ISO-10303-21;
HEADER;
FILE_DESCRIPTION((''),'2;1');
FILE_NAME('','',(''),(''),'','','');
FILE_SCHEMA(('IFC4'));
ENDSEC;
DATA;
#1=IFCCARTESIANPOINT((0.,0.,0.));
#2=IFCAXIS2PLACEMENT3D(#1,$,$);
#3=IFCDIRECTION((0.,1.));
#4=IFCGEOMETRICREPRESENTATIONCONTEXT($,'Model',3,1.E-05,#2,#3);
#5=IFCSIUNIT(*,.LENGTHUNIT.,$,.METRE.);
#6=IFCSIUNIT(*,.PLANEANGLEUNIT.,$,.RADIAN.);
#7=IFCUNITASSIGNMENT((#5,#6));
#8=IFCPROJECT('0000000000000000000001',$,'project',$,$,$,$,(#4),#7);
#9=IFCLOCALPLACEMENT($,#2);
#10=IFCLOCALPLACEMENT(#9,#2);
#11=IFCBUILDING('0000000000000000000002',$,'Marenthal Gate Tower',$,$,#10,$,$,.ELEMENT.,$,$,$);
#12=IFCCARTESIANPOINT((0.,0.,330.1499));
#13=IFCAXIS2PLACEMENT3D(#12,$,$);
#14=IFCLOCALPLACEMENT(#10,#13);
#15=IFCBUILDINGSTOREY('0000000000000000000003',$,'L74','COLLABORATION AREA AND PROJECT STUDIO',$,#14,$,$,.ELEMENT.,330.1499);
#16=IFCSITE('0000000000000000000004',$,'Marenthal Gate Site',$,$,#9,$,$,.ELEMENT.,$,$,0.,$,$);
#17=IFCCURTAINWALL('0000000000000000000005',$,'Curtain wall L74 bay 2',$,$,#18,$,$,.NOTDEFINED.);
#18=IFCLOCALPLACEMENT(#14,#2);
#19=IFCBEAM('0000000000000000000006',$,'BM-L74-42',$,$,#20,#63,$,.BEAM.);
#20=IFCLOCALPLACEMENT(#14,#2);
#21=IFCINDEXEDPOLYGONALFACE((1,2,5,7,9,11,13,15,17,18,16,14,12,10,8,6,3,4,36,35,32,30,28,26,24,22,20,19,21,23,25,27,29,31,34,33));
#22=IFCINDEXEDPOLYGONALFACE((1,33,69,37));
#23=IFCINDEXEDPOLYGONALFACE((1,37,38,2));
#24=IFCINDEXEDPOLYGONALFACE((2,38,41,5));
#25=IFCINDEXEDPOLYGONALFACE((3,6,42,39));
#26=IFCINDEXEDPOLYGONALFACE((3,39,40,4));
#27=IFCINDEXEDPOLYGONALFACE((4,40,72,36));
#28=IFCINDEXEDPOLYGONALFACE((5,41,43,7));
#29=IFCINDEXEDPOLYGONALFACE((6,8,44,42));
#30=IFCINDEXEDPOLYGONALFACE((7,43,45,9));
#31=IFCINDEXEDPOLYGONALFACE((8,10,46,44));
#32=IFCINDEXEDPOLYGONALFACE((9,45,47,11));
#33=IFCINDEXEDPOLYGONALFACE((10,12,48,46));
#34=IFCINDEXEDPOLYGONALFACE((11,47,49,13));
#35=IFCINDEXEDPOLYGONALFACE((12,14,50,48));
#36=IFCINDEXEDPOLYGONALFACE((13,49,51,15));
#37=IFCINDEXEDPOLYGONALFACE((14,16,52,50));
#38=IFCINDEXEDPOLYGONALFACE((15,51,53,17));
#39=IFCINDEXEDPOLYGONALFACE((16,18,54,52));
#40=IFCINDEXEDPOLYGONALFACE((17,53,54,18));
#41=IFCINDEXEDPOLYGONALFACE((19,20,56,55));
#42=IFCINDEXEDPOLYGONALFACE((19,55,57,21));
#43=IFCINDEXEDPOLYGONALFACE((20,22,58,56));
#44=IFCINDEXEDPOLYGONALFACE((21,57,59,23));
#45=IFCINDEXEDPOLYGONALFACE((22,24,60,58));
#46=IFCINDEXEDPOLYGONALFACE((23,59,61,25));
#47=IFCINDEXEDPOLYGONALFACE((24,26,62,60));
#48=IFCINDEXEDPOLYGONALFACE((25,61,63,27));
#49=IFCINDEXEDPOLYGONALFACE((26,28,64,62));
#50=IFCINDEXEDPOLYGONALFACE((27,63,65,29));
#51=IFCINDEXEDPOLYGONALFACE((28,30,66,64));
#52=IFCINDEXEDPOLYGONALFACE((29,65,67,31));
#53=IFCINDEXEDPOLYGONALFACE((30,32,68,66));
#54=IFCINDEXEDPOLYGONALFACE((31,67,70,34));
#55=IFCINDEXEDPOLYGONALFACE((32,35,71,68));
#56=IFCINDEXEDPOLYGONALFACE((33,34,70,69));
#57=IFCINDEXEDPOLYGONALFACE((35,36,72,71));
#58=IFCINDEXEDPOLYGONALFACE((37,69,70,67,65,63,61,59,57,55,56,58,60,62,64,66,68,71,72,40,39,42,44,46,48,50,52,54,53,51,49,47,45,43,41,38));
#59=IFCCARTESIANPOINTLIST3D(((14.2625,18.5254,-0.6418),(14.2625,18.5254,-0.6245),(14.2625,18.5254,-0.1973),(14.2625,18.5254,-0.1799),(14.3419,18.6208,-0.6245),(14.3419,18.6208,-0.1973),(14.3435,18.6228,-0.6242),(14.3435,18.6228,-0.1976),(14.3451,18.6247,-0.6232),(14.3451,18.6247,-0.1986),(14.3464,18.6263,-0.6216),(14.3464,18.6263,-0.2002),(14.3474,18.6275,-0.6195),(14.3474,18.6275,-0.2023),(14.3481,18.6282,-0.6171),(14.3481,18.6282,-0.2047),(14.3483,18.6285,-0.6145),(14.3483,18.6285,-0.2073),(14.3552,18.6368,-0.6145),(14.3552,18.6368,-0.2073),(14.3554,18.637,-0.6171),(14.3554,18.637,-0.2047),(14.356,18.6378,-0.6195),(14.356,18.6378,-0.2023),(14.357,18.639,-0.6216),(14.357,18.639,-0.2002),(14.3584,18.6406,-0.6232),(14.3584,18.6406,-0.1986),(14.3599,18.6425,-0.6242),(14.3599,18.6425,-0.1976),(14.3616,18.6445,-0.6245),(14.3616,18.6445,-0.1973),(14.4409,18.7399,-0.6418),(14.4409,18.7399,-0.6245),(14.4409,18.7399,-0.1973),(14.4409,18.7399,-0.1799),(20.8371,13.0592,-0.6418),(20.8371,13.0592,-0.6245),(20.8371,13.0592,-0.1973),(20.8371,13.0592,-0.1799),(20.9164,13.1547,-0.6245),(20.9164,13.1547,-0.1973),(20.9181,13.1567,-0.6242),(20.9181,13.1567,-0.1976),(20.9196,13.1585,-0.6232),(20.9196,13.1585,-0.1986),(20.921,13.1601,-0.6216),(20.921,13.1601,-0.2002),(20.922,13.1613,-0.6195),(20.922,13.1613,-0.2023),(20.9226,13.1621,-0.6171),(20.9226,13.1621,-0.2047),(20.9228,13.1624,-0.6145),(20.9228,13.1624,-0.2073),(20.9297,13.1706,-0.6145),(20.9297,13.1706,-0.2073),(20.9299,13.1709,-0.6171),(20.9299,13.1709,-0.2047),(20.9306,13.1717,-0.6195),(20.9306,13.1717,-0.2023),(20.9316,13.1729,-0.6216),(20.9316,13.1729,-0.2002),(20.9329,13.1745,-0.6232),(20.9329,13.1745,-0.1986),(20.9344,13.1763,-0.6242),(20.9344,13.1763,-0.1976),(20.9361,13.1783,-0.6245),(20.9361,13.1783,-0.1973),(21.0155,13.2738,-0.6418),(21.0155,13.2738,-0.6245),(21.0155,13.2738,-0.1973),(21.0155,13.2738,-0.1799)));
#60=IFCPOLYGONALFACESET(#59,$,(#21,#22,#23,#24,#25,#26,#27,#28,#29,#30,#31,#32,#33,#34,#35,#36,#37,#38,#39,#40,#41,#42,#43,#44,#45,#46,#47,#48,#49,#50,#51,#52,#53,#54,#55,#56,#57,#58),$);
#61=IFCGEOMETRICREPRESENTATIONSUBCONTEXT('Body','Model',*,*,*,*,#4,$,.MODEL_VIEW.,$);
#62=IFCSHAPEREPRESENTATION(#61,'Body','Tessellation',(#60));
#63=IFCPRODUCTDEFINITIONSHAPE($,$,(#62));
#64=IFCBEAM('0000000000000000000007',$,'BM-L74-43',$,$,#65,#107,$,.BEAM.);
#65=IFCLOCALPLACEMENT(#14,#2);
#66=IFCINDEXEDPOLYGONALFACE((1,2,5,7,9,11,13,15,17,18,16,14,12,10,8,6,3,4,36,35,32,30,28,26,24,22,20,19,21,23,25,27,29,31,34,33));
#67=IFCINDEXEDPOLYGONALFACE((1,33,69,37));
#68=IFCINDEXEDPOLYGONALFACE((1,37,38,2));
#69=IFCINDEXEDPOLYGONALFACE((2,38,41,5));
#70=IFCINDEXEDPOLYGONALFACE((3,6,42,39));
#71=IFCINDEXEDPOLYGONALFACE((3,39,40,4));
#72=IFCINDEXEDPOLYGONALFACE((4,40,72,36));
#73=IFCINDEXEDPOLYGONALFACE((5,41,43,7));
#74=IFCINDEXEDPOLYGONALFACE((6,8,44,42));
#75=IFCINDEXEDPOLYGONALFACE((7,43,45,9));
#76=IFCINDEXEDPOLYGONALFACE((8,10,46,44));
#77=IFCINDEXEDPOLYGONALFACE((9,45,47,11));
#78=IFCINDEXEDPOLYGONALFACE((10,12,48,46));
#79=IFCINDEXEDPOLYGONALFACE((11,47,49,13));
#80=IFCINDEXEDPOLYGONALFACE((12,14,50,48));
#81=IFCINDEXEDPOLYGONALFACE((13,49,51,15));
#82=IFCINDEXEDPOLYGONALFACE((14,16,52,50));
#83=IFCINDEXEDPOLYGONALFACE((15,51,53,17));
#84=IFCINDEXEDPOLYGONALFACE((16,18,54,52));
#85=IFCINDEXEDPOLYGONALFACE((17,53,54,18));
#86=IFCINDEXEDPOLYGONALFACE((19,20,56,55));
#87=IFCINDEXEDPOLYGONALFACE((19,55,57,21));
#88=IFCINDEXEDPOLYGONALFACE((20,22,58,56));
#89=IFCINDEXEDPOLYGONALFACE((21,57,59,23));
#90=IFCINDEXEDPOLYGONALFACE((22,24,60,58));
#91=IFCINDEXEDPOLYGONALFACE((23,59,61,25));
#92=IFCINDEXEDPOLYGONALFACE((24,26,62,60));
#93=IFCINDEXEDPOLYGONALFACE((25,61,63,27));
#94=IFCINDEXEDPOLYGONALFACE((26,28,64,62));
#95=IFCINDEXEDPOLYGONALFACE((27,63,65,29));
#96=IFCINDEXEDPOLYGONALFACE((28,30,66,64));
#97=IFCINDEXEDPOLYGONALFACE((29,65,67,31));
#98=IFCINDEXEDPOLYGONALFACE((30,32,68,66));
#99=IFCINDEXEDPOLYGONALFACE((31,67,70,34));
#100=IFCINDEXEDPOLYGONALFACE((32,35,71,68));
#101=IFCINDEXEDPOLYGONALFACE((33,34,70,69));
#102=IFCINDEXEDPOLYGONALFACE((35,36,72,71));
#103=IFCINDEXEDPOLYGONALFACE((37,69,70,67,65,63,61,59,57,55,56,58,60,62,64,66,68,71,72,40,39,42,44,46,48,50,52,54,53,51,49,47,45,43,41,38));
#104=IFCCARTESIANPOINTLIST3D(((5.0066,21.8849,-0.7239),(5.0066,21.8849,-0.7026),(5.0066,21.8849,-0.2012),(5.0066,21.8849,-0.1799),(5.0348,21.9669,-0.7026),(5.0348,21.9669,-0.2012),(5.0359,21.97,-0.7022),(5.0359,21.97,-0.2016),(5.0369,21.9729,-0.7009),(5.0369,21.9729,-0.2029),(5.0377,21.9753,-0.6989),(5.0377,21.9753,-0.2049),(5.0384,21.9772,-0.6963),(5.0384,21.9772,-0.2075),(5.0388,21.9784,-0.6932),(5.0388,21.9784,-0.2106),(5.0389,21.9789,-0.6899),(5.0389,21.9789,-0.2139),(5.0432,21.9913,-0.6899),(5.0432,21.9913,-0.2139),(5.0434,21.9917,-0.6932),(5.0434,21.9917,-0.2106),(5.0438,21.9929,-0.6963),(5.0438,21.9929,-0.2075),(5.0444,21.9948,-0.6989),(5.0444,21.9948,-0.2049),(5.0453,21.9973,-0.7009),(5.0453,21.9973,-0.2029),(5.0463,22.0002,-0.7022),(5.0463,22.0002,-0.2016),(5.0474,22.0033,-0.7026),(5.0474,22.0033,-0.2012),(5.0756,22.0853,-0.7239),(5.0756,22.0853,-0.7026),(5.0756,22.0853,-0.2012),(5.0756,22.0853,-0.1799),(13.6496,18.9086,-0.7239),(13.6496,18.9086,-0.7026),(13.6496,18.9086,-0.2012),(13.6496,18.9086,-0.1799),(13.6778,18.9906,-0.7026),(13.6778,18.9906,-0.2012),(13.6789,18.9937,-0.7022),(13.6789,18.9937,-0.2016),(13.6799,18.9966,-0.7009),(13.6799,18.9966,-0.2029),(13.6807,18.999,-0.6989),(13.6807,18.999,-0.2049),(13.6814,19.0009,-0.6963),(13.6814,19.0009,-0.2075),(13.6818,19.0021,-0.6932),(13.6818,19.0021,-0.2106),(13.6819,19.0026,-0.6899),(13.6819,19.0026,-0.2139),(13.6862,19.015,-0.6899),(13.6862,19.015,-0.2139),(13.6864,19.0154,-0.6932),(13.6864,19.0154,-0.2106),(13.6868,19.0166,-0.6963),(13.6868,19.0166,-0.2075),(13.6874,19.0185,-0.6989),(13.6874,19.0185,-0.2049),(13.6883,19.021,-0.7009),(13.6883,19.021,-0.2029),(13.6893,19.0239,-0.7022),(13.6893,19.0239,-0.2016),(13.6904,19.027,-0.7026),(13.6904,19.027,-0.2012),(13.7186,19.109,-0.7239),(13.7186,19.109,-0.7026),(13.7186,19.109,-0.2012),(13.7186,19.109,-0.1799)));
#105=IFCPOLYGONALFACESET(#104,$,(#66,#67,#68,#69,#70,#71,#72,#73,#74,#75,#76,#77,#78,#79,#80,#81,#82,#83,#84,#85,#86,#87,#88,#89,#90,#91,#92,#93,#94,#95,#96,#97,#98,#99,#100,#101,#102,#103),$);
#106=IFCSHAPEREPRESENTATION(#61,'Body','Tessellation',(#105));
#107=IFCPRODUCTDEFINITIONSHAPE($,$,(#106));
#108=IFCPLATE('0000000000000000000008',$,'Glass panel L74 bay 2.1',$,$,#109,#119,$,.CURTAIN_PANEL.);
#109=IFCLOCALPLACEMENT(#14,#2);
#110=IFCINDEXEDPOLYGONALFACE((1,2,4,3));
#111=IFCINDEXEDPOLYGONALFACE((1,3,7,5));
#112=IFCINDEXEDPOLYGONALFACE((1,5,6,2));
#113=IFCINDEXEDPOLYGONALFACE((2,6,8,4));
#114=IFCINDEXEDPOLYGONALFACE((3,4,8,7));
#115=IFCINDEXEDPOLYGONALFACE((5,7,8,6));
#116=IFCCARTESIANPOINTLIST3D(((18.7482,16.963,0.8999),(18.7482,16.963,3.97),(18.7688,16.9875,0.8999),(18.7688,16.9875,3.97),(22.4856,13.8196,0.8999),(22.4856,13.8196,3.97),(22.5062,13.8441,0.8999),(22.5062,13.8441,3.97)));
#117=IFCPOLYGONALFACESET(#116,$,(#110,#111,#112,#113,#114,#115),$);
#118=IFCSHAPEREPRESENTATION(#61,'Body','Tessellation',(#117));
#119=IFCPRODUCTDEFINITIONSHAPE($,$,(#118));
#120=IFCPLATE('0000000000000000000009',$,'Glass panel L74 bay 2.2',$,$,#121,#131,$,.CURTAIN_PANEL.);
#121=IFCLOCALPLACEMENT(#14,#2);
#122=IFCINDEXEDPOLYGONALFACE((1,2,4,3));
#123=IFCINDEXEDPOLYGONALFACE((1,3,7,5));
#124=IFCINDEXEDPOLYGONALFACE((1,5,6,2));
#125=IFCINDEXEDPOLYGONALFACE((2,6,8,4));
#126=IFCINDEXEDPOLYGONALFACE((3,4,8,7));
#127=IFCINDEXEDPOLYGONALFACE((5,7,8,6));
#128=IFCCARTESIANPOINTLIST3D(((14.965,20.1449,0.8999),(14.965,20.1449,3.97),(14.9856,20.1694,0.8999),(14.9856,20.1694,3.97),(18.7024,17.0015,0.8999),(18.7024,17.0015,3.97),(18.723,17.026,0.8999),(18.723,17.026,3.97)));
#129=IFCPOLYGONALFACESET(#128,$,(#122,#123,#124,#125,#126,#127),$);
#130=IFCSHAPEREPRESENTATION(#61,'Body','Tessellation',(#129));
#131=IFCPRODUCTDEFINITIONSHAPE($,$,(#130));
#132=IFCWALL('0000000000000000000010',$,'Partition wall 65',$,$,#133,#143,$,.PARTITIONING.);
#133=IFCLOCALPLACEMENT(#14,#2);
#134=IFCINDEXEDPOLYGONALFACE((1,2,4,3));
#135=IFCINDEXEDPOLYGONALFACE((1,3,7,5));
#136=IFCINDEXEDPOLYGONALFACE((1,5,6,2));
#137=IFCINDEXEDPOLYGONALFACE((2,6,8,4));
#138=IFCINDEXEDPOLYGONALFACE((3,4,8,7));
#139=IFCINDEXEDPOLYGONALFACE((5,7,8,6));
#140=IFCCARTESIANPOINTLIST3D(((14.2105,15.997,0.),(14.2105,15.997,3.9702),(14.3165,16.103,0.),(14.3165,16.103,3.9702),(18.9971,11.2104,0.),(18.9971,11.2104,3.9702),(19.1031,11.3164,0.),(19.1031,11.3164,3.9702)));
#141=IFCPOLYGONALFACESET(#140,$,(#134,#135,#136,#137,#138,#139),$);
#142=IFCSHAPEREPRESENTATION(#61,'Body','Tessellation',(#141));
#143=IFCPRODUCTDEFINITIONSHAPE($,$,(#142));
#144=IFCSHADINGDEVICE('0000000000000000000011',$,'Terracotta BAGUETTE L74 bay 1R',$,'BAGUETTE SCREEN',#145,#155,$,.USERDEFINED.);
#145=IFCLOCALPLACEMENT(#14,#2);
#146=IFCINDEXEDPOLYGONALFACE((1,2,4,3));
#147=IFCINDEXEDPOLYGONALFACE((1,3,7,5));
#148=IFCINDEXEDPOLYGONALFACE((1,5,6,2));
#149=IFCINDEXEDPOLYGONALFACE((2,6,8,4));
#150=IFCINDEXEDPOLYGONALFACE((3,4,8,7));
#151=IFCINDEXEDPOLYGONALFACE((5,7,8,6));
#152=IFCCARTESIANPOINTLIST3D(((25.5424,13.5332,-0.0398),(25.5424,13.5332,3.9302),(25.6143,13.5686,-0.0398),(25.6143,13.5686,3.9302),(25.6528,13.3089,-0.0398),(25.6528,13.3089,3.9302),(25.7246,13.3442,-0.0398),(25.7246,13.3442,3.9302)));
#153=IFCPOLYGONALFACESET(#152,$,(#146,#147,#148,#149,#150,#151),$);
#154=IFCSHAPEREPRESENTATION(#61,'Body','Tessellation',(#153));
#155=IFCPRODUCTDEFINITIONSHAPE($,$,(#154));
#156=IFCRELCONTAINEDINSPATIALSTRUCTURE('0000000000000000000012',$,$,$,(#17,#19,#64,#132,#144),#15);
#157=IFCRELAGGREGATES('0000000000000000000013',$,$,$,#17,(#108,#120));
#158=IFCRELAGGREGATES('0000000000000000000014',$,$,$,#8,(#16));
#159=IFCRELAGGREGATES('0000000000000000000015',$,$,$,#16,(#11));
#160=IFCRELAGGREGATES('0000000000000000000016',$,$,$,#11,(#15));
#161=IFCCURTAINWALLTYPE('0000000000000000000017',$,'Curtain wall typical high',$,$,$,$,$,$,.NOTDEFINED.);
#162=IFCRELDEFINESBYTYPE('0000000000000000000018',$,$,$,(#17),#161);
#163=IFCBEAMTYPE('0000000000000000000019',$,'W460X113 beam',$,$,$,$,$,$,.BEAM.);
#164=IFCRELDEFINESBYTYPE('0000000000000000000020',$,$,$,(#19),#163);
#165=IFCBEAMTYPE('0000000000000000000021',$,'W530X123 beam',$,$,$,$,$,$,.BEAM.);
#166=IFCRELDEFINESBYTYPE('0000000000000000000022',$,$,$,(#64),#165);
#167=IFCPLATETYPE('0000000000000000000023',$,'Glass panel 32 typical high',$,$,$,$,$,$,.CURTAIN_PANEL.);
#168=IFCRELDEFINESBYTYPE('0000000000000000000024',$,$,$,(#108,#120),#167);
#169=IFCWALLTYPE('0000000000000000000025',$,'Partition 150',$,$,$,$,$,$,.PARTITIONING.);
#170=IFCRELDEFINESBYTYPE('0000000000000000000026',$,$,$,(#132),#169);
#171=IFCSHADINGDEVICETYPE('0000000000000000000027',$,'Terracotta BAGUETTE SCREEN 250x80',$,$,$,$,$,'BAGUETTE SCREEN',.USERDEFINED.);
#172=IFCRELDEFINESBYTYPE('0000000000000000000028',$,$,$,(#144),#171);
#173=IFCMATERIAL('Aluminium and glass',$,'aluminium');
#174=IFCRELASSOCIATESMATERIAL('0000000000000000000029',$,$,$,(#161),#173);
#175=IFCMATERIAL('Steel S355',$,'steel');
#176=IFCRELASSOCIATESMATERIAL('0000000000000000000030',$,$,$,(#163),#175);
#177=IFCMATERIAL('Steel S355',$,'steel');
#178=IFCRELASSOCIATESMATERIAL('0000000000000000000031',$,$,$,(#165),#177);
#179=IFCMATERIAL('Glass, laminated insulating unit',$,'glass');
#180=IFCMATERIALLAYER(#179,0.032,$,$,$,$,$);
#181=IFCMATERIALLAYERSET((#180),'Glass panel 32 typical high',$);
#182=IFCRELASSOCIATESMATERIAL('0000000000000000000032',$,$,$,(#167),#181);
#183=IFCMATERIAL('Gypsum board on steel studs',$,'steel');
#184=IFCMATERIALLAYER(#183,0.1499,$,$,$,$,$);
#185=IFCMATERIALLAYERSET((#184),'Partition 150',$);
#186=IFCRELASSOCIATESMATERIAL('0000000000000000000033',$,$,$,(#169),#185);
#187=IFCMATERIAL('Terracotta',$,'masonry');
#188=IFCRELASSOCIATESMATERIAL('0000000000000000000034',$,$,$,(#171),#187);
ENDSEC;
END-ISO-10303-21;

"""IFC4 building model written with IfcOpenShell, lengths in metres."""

from ifc_helpers import new_model, si_unit, direction, frame, frame_2d, origin, origin_2d, place, context, subcontext, project, spatial, rectangle, i_section, extrude, material, layer, layer_set, material_profile, profile_set, type_object, element, aggregate, save


model = new_model("IFC4")

# Units and contexts
model_context = context("Model", 3, precision=1e-05, world=origin(), true_north=direction((0.0, 1.0)))
body_context = subcontext(model_context, "Body", "Model", "MODEL_VIEW")
ifc_project = project(units=[si_unit("LENGTHUNIT", "METRE"), si_unit("PLANEANGLEUNIT", "RADIAN")], contexts=[model_context])

# Site, building, storey
site_placement = place(None, origin())
site = spatial("IfcSite", under=ifc_project, at=site_placement, Name="Marenthal Gate Site", CompositionType="ELEMENT", RefElevation=0.0)
building_placement = place(site_placement, origin())
building = spatial("IfcBuilding", under=site, at=building_placement, Name="Marenthal Gate Tower", CompositionType="ELEMENT")
storey_placement = place(building_placement, frame((0.0, 0.0, 330.1499)))
storey = spatial("IfcBuildingStorey", under=building, at=storey_placement, Name="L74", Description="COLLABORATION AREA AND PROJECT STUDIO", CompositionType="ELEMENT", Elevation=330.1499)

# Curtain wall
ifc_material_1 = material(Name="Aluminium and glass", Category="aluminium")
curtain_wall_type = type_object("IfcCurtainWallType", Name="Curtain wall typical high", PredefinedType="NOTDEFINED", material=ifc_material_1)
curtain_wall_placement = place(storey_placement, origin())
curtain_wall = element("IfcCurtainWall", 1, at=curtain_wall_placement, inside=storey, type_object=curtain_wall_type, Name="Curtain wall L74 bay 2", PredefinedType="NOTDEFINED")

# Beams
ifc_material_2 = material(Name="Steel S355", Category="steel")
ifc_material_profile_1 = material_profile(ifc_material_2, i_section(OverallWidth=0.2791, OverallDepth=0.4619, WebThickness=0.0107, FlangeThickness=0.0173, FilletRadius=0.01, at=origin_2d()), Name="W460X113")
ifc_profile_set_1 = profile_set([ifc_material_profile_1], Name="Steel S355")
beam_type_1 = type_object("IfcBeamType", Name="W460X113 beam", PredefinedType="BEAM", material=ifc_profile_set_1)
beam_1_placement = place(storey_placement, frame((20.9263, 13.1665, -0.4109), z_axis=(-0.768949, 0.63931, 0.0), x_axis=(-0.63931, -0.768949, 0.0)))
element("IfcBeam", 2, at=beam_1_placement, inside=storey, type_object=beam_type_1, Name="BM-L74-42", PredefinedType="BEAM", context=body_context, shape_type="SweptSolid", body=[
    extrude(i_section(OverallWidth=0.2791, OverallDepth=0.4619, WebThickness=0.0107, FlangeThickness=0.0173, FilletRadius=0.01, at=origin_2d()), origin(), (0.0, 0.0, 1.0), 8.55),
])
ifc_material_3 = material(Name="Steel S355", Category="steel")
ifc_material_profile_2 = material_profile(ifc_material_3, i_section(OverallWidth=0.2119, OverallDepth=0.5439, WebThickness=0.0132, FlangeThickness=0.0212, FilletRadius=0.0127, at=origin_2d()), Name="W530X123")
ifc_profile_set_2 = profile_set([ifc_material_profile_2], Name="Steel S355")
beam_type_2 = type_object("IfcBeamType", Name="W530X123 beam", PredefinedType="BEAM", material=ifc_profile_set_2)
beam_2_placement = place(storey_placement, frame((13.6841, 19.0088, -0.4519), z_axis=(-0.945509, 0.325595, 0.0), x_axis=(-0.325595, -0.945509, 0.0)))
element("IfcBeam", 3, at=beam_2_placement, inside=storey, type_object=beam_type_2, Name="BM-L74-43", PredefinedType="BEAM", context=body_context, shape_type="SweptSolid", body=[
    extrude(i_section(OverallWidth=0.2119, OverallDepth=0.5439, WebThickness=0.0132, FlangeThickness=0.0212, FilletRadius=0.0127, at=origin_2d()), origin(), (0.0, 0.0, 1.0), 9.1411),
])

# Plates
ifc_material_4 = material(Name="Glass, laminated insulating unit", Category="glass")
ifc_layer_1 = layer(ifc_material_4, 0.032)
ifc_layer_set_1 = layer_set([ifc_layer_1], Name="Glass panel 32 typical high")
plate_type = type_object("IfcPlateType", Name="Glass panel 32 typical high", PredefinedType="CURTAIN_PANEL", material=ifc_layer_set_1)
plate_1_placement = place(storey_placement, frame((20.6272, 15.4036, 0.8999), z_axis=(0.0, 0.0, 1.0), x_axis=(-0.765298, 0.643676, 0.0)))
plate_1 = element("IfcPlate", 4, at=plate_1_placement, type_object=plate_type, Name="Glass panel L74 bay 2.1", PredefinedType="CURTAIN_PANEL", context=body_context, shape_type="SweptSolid", body=[
    extrude(rectangle(XDim=4.8835, YDim=0.032, at=origin_2d()), origin(), (0.0, 0.0, 1.0), 3.0701),
])
plate_2_placement = place(storey_placement, frame((16.844, 18.5854, 0.8999), z_axis=(0.0, 0.0, 1.0), x_axis=(-0.765298, 0.643676, 0.0)))
plate_2 = element("IfcPlate", 5, at=plate_2_placement, type_object=plate_type, Name="Glass panel L74 bay 2.2", PredefinedType="CURTAIN_PANEL", context=body_context, shape_type="SweptSolid", body=[
    extrude(rectangle(XDim=4.8835, YDim=0.032, at=origin_2d()), origin(), (0.0, 0.0, 1.0), 3.0701),
])
aggregate(curtain_wall, [plate_1, plate_2])

# Wall
ifc_material_5 = material(Name="Gypsum board on steel studs", Category="steel")
ifc_layer_2 = layer(ifc_material_5, 0.1499)
ifc_layer_set_2 = layer_set([ifc_layer_2], Name="Partition 150")
wall_type_1 = type_object("IfcWallType", Name="Partition 150", PredefinedType="PARTITIONING", material=ifc_layer_set_2)
wall_1_placement = place(storey_placement, frame((14.2634, 16.05, 0.0), z_axis=(0.0, 0.0, 1.0), x_axis=(0.707107, -0.707107, 0.0)))
element("IfcWall", 6, at=wall_1_placement, inside=storey, type_object=wall_type_1, Name="Partition wall 65", PredefinedType="PARTITIONING", context=body_context, shape_type="SweptSolid", body=[
    extrude(rectangle(XDim=6.7693, YDim=0.1499, at=frame_2d((3.3848, 0.0))), origin(), (0.0, 0.0, 1.0), 3.9702),
])

# Shading device
ifc_material_6 = material(Name="Terracotta", Category="masonry")
ifc_material_profile_3 = material_profile(ifc_material_6, rectangle(XDim=0.25, YDim=0.0801, at=origin_2d()), Name="Terracotta baguette 250x80")
ifc_profile_set_3 = profile_set([ifc_material_profile_3], Name="Terracotta")
shading_device_type = type_object("IfcShadingDeviceType", Name="Terracotta BAGUETTE SCREEN 250x80", ElementType="BAGUETTE SCREEN", PredefinedType="USERDEFINED", material=ifc_profile_set_3)
shading_device_placement = place(storey_placement, frame((25.6335, 13.4387, -0.0398), z_axis=(0.0, 0.0, 1.0), x_axis=(-0.441395, 0.897313, 0.0)))
element("IfcShadingDevice", 7, at=shading_device_placement, inside=storey, type_object=shading_device_type, Name="Terracotta BAGUETTE L74 bay 1R", ObjectType="BAGUETTE SCREEN", PredefinedType="USERDEFINED", context=body_context, shape_type="SweptSolid", body=[
    extrude(rectangle(XDim=0.25, YDim=0.0801, at=origin_2d()), origin(), (0.0, 0.0, 1.0), 3.97),
])

save(model, "model.ifc")
